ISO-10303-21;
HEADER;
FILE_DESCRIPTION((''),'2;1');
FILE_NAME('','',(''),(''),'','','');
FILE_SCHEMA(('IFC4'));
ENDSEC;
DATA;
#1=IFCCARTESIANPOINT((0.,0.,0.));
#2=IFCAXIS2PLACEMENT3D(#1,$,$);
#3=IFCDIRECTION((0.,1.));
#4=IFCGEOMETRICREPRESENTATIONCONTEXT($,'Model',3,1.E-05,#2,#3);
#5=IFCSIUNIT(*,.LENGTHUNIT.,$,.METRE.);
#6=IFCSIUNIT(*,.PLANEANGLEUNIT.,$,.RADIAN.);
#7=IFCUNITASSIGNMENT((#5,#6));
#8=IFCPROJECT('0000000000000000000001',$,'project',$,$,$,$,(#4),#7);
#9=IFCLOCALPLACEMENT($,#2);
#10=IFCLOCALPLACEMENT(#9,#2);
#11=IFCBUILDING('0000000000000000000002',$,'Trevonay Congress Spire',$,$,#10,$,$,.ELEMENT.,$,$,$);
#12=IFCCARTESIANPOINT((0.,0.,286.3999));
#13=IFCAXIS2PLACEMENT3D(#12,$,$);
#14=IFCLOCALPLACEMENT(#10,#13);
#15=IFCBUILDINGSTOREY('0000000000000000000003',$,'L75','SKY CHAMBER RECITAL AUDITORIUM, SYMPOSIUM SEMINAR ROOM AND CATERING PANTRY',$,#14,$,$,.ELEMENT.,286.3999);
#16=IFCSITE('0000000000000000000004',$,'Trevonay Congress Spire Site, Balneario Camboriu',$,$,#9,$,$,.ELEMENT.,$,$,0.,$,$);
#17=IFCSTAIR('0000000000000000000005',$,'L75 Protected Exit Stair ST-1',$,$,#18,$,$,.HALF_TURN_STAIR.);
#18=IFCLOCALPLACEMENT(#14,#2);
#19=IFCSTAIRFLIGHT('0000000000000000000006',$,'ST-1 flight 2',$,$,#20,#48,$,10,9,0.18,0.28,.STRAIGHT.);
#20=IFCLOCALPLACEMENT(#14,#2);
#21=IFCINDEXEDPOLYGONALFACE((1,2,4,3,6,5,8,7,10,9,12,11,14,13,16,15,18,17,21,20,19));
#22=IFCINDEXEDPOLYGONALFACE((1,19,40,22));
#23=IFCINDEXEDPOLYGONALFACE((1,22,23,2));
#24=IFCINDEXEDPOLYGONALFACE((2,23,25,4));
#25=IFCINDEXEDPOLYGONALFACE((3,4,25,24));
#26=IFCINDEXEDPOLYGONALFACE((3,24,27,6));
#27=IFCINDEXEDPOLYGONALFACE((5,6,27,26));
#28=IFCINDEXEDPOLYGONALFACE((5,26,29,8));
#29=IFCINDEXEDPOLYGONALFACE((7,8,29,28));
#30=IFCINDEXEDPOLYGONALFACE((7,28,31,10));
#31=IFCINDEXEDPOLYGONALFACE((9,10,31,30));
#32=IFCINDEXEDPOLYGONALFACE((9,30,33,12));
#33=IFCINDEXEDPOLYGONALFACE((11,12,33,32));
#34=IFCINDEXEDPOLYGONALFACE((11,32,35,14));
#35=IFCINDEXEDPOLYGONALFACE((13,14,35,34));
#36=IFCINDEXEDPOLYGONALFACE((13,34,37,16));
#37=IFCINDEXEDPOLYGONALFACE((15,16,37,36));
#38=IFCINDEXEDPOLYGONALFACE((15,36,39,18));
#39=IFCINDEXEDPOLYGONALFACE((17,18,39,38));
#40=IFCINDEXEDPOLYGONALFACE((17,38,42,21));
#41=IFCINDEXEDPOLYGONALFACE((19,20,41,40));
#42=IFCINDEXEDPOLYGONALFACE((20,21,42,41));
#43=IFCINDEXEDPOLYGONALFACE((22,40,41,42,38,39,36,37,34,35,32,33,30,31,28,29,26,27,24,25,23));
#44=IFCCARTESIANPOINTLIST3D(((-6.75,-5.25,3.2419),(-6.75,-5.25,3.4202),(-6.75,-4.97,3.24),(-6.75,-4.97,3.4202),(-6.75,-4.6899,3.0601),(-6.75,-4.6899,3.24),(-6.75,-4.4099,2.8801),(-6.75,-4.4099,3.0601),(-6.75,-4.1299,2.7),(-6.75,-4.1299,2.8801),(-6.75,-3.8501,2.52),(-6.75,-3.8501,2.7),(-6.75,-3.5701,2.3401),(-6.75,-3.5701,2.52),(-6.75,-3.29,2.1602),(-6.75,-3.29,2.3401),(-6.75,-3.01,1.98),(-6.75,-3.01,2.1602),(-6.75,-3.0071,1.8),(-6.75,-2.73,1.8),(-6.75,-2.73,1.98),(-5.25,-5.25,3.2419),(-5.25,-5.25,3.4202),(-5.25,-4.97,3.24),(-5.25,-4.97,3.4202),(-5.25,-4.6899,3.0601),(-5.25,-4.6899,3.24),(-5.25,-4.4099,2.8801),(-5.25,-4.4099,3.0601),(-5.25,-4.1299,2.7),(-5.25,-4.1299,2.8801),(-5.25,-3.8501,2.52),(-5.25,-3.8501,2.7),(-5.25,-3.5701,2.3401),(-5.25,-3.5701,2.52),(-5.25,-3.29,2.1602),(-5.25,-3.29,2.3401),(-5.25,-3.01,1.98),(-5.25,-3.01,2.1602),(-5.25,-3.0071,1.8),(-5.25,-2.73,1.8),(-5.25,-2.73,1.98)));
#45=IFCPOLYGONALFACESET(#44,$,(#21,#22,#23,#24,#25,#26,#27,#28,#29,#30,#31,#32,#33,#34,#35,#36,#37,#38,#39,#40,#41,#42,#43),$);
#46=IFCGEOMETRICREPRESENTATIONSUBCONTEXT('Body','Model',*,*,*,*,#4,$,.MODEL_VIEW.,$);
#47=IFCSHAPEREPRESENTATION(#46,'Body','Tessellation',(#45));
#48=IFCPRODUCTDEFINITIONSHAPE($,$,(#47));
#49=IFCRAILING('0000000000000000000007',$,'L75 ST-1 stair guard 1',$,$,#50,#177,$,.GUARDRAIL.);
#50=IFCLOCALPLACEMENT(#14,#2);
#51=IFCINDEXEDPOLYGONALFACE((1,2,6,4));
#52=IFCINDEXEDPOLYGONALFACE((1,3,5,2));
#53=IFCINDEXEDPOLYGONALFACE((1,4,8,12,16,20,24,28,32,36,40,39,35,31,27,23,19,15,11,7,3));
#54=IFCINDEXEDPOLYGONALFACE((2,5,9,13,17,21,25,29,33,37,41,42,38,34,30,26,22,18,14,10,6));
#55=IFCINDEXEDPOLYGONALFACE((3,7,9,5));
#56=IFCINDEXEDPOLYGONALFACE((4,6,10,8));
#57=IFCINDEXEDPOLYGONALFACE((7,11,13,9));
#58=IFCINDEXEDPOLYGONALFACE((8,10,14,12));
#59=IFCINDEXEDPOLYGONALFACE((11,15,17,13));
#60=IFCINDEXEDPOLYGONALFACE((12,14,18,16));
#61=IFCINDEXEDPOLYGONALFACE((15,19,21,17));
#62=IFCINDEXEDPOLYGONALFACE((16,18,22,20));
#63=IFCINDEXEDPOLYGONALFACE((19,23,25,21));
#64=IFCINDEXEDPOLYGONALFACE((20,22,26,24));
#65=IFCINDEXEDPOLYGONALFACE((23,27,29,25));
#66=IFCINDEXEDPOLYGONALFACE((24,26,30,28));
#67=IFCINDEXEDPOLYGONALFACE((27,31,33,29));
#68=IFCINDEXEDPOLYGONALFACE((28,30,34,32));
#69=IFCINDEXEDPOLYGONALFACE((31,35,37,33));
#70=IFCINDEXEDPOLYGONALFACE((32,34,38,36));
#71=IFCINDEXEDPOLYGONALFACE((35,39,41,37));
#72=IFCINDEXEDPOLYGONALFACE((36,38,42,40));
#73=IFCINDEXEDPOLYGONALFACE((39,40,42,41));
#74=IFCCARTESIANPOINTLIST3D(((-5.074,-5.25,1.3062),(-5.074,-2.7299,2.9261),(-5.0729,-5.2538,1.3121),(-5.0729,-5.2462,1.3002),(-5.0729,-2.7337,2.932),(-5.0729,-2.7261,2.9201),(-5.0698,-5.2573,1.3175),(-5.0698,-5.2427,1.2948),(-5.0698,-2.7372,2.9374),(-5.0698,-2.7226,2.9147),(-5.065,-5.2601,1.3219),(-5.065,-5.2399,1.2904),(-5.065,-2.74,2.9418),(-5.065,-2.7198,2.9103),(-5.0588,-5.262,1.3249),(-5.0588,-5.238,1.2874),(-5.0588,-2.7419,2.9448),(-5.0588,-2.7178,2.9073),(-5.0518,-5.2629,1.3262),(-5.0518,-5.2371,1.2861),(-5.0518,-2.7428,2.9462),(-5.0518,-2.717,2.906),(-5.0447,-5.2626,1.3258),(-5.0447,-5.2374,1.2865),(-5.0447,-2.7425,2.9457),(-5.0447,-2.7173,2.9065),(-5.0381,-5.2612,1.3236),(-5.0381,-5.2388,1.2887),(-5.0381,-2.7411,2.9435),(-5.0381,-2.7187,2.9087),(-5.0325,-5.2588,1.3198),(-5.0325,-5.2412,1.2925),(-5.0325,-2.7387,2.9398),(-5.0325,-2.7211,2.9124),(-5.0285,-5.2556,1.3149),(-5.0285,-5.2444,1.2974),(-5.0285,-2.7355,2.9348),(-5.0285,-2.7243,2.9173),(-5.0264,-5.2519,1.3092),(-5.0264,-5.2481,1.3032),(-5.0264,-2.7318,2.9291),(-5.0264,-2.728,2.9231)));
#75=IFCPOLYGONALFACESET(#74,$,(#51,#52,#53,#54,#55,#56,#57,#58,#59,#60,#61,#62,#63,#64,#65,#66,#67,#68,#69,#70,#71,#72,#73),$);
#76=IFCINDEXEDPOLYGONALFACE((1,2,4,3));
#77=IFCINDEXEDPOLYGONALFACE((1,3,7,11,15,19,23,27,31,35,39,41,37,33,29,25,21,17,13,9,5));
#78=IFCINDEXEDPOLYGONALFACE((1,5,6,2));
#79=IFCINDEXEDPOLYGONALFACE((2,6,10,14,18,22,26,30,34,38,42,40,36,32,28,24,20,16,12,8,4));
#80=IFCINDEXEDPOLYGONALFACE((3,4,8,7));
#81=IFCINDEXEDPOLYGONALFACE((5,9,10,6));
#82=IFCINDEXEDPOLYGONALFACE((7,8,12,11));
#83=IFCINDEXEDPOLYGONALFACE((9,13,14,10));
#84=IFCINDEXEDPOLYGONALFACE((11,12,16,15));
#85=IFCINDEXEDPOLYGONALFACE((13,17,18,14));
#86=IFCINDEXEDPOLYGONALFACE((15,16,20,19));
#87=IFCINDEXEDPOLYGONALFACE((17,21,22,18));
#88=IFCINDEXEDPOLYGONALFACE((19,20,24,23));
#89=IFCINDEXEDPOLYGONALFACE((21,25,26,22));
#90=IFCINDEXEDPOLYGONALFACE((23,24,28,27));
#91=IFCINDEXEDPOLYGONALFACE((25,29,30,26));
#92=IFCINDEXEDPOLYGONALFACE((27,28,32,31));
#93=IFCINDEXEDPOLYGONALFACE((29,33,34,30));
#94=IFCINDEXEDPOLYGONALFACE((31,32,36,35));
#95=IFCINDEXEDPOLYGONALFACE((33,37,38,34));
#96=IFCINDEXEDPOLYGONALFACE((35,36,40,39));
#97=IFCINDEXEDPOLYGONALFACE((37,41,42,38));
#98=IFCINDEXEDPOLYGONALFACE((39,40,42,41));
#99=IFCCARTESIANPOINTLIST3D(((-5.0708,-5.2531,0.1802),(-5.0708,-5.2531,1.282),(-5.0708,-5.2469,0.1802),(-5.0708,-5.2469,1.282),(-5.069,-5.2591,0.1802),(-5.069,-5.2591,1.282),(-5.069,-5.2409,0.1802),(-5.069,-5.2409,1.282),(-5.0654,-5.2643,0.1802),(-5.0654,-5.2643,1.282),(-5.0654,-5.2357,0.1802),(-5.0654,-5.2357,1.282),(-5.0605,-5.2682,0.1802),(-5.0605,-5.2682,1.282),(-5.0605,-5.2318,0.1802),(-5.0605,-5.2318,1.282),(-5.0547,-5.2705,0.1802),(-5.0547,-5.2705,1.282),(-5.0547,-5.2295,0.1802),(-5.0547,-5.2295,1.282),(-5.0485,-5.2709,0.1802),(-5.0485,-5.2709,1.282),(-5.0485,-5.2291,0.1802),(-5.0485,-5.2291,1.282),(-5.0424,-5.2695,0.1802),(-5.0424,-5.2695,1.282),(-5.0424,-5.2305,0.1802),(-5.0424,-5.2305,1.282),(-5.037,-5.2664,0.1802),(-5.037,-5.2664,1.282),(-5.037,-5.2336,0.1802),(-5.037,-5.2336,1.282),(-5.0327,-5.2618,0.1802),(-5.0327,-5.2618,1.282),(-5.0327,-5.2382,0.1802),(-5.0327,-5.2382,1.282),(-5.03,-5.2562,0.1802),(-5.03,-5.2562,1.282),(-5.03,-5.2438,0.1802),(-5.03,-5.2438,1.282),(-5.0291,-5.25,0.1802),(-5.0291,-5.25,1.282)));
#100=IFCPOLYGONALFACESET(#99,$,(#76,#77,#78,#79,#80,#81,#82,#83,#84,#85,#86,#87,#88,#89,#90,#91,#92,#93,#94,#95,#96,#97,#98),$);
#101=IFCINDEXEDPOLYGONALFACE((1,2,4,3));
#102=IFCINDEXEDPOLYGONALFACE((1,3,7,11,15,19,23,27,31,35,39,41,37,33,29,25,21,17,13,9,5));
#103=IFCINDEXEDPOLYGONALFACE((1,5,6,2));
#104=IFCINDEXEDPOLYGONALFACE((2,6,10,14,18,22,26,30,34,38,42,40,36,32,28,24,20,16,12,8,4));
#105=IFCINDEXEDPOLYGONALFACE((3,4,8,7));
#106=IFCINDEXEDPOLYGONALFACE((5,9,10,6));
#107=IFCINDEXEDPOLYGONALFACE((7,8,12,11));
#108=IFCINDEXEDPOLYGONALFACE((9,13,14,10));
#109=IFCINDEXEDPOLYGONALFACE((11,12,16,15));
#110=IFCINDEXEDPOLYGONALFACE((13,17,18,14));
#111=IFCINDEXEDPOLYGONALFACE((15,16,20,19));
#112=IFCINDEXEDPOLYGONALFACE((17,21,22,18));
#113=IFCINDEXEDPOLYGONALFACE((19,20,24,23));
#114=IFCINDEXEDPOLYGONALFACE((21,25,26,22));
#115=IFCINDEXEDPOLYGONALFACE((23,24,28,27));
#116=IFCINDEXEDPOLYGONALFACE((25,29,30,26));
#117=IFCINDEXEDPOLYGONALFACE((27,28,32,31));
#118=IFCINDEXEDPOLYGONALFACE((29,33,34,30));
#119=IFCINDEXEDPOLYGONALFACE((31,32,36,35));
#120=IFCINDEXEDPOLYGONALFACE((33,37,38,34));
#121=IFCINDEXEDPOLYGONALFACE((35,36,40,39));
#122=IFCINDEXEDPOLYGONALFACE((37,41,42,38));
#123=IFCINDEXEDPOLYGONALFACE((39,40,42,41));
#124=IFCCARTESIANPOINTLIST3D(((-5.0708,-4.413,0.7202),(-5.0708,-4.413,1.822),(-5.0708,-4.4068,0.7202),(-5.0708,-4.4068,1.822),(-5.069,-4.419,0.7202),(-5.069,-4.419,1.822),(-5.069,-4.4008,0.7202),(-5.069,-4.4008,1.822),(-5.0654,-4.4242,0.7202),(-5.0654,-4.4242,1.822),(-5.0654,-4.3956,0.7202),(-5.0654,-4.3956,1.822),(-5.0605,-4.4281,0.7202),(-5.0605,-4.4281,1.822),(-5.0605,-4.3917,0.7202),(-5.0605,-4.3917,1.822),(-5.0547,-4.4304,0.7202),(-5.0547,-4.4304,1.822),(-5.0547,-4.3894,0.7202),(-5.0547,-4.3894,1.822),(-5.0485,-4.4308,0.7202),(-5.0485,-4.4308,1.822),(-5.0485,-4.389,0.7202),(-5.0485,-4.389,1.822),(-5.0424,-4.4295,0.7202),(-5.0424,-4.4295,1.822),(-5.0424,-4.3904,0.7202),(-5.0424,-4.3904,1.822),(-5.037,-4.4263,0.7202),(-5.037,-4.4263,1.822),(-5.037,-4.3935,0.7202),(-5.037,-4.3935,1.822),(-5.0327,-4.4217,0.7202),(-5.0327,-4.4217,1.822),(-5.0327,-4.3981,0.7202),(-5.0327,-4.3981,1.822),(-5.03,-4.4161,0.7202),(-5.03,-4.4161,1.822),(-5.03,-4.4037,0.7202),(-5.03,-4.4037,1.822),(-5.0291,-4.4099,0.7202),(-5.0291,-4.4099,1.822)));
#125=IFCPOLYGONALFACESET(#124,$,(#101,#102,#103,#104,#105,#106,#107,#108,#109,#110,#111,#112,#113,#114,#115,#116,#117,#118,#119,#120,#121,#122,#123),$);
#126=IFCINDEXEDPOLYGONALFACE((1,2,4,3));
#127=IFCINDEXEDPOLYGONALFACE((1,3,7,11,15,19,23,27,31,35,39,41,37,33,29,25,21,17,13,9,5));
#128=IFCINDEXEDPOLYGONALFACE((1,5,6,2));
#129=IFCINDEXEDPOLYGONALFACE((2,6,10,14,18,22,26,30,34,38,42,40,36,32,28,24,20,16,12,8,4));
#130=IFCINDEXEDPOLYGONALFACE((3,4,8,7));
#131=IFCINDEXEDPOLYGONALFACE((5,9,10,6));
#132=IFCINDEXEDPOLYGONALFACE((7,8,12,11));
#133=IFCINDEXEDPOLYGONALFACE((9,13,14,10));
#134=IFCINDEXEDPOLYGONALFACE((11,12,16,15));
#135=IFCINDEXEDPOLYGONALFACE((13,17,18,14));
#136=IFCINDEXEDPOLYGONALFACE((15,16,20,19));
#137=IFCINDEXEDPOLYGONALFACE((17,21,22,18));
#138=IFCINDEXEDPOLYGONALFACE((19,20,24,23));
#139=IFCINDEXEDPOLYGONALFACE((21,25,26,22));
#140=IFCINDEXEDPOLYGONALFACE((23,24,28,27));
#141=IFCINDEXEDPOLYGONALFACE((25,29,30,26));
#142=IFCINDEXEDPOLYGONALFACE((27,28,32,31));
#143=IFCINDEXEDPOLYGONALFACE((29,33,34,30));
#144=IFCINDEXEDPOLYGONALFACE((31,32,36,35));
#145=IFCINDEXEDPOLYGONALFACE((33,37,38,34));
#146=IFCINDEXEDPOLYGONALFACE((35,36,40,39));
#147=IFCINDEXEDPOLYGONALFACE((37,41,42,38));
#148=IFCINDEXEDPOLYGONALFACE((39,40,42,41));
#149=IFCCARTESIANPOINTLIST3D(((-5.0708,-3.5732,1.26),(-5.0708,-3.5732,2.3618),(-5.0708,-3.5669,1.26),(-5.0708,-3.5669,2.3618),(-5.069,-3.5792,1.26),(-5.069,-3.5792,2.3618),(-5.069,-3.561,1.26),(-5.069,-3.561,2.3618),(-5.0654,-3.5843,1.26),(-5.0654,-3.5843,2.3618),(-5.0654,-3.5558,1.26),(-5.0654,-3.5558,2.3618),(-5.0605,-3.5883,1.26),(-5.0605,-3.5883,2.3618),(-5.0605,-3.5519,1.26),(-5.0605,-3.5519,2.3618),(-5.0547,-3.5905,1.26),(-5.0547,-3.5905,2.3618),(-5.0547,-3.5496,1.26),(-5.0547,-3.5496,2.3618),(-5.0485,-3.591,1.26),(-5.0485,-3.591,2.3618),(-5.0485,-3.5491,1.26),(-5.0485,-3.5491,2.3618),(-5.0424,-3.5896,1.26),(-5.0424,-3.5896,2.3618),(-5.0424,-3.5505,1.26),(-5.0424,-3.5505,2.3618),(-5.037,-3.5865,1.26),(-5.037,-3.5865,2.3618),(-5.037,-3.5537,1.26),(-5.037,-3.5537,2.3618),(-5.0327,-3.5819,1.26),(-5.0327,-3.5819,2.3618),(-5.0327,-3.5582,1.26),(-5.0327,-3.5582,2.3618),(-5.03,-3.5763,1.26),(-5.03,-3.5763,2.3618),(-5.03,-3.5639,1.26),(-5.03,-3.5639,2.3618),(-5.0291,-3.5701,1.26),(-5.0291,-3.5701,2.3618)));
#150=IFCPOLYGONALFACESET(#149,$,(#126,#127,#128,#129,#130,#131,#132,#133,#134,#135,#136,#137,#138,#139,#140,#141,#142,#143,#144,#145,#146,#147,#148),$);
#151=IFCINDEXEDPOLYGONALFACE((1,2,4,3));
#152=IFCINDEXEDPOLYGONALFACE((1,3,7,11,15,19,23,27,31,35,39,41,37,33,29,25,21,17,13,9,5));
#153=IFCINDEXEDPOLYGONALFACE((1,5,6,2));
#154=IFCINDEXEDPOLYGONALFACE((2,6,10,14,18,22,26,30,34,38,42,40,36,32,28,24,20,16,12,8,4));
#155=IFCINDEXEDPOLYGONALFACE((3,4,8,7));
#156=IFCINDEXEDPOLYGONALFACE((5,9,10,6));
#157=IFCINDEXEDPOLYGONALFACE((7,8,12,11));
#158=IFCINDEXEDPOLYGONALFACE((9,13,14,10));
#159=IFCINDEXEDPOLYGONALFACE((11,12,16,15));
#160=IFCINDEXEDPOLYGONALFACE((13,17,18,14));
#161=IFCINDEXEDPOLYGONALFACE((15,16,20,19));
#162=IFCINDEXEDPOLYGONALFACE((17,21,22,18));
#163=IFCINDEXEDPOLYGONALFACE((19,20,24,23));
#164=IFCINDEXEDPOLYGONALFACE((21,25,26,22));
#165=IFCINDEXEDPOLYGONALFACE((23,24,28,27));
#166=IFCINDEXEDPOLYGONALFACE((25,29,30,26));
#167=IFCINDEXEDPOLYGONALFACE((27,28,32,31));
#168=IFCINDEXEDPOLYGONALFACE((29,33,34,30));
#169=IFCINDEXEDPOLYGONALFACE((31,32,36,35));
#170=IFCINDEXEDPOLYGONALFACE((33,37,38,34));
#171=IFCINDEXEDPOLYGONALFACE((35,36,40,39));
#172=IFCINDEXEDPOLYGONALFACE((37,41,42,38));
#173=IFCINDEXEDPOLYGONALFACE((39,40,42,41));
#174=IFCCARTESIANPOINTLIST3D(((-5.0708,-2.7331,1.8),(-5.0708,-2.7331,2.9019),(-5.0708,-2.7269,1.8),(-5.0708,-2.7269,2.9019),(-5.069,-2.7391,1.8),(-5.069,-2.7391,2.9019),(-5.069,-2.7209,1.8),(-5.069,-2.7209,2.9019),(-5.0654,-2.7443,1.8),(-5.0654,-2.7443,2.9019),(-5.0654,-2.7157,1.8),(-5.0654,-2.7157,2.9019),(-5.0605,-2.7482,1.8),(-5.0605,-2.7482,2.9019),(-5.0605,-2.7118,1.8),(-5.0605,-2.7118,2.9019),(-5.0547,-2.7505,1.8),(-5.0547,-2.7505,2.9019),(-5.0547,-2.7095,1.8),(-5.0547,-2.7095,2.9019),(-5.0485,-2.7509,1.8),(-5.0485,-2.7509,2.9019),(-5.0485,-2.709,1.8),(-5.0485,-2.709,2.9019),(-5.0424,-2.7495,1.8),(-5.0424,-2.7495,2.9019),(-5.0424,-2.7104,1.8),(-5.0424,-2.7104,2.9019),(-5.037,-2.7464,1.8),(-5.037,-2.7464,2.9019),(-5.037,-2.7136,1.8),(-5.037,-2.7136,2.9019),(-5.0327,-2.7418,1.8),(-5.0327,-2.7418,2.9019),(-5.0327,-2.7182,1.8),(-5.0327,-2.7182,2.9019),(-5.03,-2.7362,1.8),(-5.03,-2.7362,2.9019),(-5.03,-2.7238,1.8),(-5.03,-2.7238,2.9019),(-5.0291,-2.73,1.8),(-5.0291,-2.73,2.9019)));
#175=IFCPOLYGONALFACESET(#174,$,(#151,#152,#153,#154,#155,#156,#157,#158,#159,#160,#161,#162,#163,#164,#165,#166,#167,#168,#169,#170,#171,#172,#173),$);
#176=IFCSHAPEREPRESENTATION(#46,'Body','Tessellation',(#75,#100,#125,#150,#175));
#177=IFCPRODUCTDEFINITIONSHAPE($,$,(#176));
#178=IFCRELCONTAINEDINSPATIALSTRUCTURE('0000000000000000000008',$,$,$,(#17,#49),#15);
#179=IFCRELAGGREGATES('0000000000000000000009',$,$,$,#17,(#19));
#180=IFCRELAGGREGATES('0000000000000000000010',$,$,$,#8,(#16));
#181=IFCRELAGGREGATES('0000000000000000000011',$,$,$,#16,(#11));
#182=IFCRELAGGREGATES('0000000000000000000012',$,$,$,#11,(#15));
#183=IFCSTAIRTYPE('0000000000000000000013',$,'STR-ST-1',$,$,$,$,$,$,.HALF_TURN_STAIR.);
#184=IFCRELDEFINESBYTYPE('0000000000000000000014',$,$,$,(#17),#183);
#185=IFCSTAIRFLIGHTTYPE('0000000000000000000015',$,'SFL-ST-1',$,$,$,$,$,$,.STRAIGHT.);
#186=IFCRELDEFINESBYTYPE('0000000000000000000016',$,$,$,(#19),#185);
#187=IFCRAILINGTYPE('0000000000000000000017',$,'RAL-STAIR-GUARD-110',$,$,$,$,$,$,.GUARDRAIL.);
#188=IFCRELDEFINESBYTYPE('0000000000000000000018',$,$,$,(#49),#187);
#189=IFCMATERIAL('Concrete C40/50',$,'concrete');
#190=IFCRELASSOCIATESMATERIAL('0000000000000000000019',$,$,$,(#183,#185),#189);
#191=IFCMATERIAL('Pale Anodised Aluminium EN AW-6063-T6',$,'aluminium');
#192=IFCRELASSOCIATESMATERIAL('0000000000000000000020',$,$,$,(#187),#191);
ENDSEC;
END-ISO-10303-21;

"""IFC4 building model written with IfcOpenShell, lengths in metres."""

from ifc_helpers import new_model, si_unit, direction, frame, origin, origin_2d, place, context, subcontext, project, spatial, polyline, circle, outline, extrude, material, type_object, element, aggregate, save


model = new_model("IFC4")

# Units and contexts
model_context = context("Model", 3, precision=1e-05, world=origin(), true_north=direction((0.0, 1.0)))
body_context = subcontext(model_context, "Body", "Model", "MODEL_VIEW")
ifc_project = project(units=[si_unit("LENGTHUNIT", "METRE"), si_unit("PLANEANGLEUNIT", "RADIAN")], contexts=[model_context])

# Site, building, storey
site_placement = place(None, origin())
site = spatial("IfcSite", under=ifc_project, at=site_placement, Name="Trevonay Congress Spire Site, Balneario Camboriu", CompositionType="ELEMENT", RefElevation=0.0)
building_placement = place(site_placement, origin())
building = spatial("IfcBuilding", under=site, at=building_placement, Name="Trevonay Congress Spire", CompositionType="ELEMENT")
storey_placement = place(building_placement, frame((0.0, 0.0, 286.3999)))
storey = spatial("IfcBuildingStorey", under=building, at=storey_placement, Name="L75", Description="SKY CHAMBER RECITAL AUDITORIUM, SYMPOSIUM SEMINAR ROOM AND CATERING PANTRY", CompositionType="ELEMENT", Elevation=286.3999)

# Shared definitions
ifc_material_1 = material(Name="Concrete C40/50", Category="concrete")

# Stair, stair flight
stair_type = type_object("IfcStairType", Name="STR-ST-1", PredefinedType="HALF_TURN_STAIR", material=ifc_material_1)
stair_placement = place(storey_placement, origin())
stair = element("IfcStair", 1, at=stair_placement, inside=storey, type_object=stair_type, Name="L75 Protected Exit Stair ST-1", PredefinedType="HALF_TURN_STAIR")
stair_flight_type = type_object("IfcStairFlightType", Name="SFL-ST-1", PredefinedType="STRAIGHT", material=ifc_material_1)
stair_flight_1_placement = place(storey_placement, frame((-6.0, -2.73, 1.8), z_axis=(0.0, 0.0, 1.0), x_axis=(0.0, -1.0, 0.0)))
stair_flight_1 = element("IfcStairFlight", 2, at=stair_flight_1_placement, type_object=stair_flight_type, Name="ST-1 flight 2", NumberOfRisers=10, NumberOfTreads=9, PredefinedType="STRAIGHT", RiserHeight=0.18, TreadLength=0.28, context=body_context, shape_type="SweptSolid", body=[
    extrude(outline(polyline([(0.0, 0.0), (0.0, 0.1799), (0.28, 0.1799), (0.28, 0.3601), (0.5601, 0.3601), (0.5601, 0.54), (0.8401, 0.54), (0.8401, 0.72), (1.1201, 0.72), (1.1201, 0.8999), (1.3999, 0.8999), (1.3999, 1.0801), (1.6799, 1.0801), (1.6799, 1.26), (1.96, 1.26), (1.96, 1.4399), (2.24, 1.4399), (2.24, 1.6201), (2.52, 1.6201), (2.52, 1.8), (2.52, 1.4419), (0.2771, 0.0), (0.0, 0.0)])), frame((0.0, 0.75, 0.0), z_axis=(0.0, -1.0, 0.0), x_axis=(1.0, 0.0, 0.0)), (0.0, 0.0, 1.0), 1.5),
])
aggregate(stair, [stair_flight_1])

# Railing
ifc_material_2 = material(Name="Pale Anodised Aluminium EN AW-6063-T6", Category="aluminium")
railing_type_1 = type_object("IfcRailingType", Name="RAL-STAIR-GUARD-110", PredefinedType="GUARDRAIL", material=ifc_material_2)
railing_1_placement = place(storey_placement, frame((-5.05, -5.25, 0.1802)))
element("IfcRailing", 3, at=railing_1_placement, inside=storey, type_object=railing_type_1, Name="L75 ST-1 stair guard 1", PredefinedType="GUARDRAIL", context=body_context, shape_type="SweptSolid", body=[
    extrude(circle(Radius=0.0239, at=origin_2d()), frame((0.0, 0.0, 1.126), z_axis=(0.0, 0.8412, 0.540725), x_axis=(-1.0, 0.0, 0.0)), (0.0, 0.0, 1.0), 2.9958),
    extrude(circle(Radius=0.021, at=origin_2d()), origin(), (0.0, 0.0, 1.0), 1.1018),
    extrude(circle(Radius=0.021, at=origin_2d()), frame((0.0, 0.8401, 0.54)), (0.0, 0.0, 1.0), 1.1018),
    extrude(circle(Radius=0.021, at=origin_2d()), frame((0.0, 1.6799, 1.0798)), (0.0, 0.0, 1.0), 1.1018),
    extrude(circle(Radius=0.021, at=origin_2d()), frame((0.0, 2.52, 1.6199)), (0.0, 0.0, 1.0), 1.1018),
])

save(model, "model.ifc")
